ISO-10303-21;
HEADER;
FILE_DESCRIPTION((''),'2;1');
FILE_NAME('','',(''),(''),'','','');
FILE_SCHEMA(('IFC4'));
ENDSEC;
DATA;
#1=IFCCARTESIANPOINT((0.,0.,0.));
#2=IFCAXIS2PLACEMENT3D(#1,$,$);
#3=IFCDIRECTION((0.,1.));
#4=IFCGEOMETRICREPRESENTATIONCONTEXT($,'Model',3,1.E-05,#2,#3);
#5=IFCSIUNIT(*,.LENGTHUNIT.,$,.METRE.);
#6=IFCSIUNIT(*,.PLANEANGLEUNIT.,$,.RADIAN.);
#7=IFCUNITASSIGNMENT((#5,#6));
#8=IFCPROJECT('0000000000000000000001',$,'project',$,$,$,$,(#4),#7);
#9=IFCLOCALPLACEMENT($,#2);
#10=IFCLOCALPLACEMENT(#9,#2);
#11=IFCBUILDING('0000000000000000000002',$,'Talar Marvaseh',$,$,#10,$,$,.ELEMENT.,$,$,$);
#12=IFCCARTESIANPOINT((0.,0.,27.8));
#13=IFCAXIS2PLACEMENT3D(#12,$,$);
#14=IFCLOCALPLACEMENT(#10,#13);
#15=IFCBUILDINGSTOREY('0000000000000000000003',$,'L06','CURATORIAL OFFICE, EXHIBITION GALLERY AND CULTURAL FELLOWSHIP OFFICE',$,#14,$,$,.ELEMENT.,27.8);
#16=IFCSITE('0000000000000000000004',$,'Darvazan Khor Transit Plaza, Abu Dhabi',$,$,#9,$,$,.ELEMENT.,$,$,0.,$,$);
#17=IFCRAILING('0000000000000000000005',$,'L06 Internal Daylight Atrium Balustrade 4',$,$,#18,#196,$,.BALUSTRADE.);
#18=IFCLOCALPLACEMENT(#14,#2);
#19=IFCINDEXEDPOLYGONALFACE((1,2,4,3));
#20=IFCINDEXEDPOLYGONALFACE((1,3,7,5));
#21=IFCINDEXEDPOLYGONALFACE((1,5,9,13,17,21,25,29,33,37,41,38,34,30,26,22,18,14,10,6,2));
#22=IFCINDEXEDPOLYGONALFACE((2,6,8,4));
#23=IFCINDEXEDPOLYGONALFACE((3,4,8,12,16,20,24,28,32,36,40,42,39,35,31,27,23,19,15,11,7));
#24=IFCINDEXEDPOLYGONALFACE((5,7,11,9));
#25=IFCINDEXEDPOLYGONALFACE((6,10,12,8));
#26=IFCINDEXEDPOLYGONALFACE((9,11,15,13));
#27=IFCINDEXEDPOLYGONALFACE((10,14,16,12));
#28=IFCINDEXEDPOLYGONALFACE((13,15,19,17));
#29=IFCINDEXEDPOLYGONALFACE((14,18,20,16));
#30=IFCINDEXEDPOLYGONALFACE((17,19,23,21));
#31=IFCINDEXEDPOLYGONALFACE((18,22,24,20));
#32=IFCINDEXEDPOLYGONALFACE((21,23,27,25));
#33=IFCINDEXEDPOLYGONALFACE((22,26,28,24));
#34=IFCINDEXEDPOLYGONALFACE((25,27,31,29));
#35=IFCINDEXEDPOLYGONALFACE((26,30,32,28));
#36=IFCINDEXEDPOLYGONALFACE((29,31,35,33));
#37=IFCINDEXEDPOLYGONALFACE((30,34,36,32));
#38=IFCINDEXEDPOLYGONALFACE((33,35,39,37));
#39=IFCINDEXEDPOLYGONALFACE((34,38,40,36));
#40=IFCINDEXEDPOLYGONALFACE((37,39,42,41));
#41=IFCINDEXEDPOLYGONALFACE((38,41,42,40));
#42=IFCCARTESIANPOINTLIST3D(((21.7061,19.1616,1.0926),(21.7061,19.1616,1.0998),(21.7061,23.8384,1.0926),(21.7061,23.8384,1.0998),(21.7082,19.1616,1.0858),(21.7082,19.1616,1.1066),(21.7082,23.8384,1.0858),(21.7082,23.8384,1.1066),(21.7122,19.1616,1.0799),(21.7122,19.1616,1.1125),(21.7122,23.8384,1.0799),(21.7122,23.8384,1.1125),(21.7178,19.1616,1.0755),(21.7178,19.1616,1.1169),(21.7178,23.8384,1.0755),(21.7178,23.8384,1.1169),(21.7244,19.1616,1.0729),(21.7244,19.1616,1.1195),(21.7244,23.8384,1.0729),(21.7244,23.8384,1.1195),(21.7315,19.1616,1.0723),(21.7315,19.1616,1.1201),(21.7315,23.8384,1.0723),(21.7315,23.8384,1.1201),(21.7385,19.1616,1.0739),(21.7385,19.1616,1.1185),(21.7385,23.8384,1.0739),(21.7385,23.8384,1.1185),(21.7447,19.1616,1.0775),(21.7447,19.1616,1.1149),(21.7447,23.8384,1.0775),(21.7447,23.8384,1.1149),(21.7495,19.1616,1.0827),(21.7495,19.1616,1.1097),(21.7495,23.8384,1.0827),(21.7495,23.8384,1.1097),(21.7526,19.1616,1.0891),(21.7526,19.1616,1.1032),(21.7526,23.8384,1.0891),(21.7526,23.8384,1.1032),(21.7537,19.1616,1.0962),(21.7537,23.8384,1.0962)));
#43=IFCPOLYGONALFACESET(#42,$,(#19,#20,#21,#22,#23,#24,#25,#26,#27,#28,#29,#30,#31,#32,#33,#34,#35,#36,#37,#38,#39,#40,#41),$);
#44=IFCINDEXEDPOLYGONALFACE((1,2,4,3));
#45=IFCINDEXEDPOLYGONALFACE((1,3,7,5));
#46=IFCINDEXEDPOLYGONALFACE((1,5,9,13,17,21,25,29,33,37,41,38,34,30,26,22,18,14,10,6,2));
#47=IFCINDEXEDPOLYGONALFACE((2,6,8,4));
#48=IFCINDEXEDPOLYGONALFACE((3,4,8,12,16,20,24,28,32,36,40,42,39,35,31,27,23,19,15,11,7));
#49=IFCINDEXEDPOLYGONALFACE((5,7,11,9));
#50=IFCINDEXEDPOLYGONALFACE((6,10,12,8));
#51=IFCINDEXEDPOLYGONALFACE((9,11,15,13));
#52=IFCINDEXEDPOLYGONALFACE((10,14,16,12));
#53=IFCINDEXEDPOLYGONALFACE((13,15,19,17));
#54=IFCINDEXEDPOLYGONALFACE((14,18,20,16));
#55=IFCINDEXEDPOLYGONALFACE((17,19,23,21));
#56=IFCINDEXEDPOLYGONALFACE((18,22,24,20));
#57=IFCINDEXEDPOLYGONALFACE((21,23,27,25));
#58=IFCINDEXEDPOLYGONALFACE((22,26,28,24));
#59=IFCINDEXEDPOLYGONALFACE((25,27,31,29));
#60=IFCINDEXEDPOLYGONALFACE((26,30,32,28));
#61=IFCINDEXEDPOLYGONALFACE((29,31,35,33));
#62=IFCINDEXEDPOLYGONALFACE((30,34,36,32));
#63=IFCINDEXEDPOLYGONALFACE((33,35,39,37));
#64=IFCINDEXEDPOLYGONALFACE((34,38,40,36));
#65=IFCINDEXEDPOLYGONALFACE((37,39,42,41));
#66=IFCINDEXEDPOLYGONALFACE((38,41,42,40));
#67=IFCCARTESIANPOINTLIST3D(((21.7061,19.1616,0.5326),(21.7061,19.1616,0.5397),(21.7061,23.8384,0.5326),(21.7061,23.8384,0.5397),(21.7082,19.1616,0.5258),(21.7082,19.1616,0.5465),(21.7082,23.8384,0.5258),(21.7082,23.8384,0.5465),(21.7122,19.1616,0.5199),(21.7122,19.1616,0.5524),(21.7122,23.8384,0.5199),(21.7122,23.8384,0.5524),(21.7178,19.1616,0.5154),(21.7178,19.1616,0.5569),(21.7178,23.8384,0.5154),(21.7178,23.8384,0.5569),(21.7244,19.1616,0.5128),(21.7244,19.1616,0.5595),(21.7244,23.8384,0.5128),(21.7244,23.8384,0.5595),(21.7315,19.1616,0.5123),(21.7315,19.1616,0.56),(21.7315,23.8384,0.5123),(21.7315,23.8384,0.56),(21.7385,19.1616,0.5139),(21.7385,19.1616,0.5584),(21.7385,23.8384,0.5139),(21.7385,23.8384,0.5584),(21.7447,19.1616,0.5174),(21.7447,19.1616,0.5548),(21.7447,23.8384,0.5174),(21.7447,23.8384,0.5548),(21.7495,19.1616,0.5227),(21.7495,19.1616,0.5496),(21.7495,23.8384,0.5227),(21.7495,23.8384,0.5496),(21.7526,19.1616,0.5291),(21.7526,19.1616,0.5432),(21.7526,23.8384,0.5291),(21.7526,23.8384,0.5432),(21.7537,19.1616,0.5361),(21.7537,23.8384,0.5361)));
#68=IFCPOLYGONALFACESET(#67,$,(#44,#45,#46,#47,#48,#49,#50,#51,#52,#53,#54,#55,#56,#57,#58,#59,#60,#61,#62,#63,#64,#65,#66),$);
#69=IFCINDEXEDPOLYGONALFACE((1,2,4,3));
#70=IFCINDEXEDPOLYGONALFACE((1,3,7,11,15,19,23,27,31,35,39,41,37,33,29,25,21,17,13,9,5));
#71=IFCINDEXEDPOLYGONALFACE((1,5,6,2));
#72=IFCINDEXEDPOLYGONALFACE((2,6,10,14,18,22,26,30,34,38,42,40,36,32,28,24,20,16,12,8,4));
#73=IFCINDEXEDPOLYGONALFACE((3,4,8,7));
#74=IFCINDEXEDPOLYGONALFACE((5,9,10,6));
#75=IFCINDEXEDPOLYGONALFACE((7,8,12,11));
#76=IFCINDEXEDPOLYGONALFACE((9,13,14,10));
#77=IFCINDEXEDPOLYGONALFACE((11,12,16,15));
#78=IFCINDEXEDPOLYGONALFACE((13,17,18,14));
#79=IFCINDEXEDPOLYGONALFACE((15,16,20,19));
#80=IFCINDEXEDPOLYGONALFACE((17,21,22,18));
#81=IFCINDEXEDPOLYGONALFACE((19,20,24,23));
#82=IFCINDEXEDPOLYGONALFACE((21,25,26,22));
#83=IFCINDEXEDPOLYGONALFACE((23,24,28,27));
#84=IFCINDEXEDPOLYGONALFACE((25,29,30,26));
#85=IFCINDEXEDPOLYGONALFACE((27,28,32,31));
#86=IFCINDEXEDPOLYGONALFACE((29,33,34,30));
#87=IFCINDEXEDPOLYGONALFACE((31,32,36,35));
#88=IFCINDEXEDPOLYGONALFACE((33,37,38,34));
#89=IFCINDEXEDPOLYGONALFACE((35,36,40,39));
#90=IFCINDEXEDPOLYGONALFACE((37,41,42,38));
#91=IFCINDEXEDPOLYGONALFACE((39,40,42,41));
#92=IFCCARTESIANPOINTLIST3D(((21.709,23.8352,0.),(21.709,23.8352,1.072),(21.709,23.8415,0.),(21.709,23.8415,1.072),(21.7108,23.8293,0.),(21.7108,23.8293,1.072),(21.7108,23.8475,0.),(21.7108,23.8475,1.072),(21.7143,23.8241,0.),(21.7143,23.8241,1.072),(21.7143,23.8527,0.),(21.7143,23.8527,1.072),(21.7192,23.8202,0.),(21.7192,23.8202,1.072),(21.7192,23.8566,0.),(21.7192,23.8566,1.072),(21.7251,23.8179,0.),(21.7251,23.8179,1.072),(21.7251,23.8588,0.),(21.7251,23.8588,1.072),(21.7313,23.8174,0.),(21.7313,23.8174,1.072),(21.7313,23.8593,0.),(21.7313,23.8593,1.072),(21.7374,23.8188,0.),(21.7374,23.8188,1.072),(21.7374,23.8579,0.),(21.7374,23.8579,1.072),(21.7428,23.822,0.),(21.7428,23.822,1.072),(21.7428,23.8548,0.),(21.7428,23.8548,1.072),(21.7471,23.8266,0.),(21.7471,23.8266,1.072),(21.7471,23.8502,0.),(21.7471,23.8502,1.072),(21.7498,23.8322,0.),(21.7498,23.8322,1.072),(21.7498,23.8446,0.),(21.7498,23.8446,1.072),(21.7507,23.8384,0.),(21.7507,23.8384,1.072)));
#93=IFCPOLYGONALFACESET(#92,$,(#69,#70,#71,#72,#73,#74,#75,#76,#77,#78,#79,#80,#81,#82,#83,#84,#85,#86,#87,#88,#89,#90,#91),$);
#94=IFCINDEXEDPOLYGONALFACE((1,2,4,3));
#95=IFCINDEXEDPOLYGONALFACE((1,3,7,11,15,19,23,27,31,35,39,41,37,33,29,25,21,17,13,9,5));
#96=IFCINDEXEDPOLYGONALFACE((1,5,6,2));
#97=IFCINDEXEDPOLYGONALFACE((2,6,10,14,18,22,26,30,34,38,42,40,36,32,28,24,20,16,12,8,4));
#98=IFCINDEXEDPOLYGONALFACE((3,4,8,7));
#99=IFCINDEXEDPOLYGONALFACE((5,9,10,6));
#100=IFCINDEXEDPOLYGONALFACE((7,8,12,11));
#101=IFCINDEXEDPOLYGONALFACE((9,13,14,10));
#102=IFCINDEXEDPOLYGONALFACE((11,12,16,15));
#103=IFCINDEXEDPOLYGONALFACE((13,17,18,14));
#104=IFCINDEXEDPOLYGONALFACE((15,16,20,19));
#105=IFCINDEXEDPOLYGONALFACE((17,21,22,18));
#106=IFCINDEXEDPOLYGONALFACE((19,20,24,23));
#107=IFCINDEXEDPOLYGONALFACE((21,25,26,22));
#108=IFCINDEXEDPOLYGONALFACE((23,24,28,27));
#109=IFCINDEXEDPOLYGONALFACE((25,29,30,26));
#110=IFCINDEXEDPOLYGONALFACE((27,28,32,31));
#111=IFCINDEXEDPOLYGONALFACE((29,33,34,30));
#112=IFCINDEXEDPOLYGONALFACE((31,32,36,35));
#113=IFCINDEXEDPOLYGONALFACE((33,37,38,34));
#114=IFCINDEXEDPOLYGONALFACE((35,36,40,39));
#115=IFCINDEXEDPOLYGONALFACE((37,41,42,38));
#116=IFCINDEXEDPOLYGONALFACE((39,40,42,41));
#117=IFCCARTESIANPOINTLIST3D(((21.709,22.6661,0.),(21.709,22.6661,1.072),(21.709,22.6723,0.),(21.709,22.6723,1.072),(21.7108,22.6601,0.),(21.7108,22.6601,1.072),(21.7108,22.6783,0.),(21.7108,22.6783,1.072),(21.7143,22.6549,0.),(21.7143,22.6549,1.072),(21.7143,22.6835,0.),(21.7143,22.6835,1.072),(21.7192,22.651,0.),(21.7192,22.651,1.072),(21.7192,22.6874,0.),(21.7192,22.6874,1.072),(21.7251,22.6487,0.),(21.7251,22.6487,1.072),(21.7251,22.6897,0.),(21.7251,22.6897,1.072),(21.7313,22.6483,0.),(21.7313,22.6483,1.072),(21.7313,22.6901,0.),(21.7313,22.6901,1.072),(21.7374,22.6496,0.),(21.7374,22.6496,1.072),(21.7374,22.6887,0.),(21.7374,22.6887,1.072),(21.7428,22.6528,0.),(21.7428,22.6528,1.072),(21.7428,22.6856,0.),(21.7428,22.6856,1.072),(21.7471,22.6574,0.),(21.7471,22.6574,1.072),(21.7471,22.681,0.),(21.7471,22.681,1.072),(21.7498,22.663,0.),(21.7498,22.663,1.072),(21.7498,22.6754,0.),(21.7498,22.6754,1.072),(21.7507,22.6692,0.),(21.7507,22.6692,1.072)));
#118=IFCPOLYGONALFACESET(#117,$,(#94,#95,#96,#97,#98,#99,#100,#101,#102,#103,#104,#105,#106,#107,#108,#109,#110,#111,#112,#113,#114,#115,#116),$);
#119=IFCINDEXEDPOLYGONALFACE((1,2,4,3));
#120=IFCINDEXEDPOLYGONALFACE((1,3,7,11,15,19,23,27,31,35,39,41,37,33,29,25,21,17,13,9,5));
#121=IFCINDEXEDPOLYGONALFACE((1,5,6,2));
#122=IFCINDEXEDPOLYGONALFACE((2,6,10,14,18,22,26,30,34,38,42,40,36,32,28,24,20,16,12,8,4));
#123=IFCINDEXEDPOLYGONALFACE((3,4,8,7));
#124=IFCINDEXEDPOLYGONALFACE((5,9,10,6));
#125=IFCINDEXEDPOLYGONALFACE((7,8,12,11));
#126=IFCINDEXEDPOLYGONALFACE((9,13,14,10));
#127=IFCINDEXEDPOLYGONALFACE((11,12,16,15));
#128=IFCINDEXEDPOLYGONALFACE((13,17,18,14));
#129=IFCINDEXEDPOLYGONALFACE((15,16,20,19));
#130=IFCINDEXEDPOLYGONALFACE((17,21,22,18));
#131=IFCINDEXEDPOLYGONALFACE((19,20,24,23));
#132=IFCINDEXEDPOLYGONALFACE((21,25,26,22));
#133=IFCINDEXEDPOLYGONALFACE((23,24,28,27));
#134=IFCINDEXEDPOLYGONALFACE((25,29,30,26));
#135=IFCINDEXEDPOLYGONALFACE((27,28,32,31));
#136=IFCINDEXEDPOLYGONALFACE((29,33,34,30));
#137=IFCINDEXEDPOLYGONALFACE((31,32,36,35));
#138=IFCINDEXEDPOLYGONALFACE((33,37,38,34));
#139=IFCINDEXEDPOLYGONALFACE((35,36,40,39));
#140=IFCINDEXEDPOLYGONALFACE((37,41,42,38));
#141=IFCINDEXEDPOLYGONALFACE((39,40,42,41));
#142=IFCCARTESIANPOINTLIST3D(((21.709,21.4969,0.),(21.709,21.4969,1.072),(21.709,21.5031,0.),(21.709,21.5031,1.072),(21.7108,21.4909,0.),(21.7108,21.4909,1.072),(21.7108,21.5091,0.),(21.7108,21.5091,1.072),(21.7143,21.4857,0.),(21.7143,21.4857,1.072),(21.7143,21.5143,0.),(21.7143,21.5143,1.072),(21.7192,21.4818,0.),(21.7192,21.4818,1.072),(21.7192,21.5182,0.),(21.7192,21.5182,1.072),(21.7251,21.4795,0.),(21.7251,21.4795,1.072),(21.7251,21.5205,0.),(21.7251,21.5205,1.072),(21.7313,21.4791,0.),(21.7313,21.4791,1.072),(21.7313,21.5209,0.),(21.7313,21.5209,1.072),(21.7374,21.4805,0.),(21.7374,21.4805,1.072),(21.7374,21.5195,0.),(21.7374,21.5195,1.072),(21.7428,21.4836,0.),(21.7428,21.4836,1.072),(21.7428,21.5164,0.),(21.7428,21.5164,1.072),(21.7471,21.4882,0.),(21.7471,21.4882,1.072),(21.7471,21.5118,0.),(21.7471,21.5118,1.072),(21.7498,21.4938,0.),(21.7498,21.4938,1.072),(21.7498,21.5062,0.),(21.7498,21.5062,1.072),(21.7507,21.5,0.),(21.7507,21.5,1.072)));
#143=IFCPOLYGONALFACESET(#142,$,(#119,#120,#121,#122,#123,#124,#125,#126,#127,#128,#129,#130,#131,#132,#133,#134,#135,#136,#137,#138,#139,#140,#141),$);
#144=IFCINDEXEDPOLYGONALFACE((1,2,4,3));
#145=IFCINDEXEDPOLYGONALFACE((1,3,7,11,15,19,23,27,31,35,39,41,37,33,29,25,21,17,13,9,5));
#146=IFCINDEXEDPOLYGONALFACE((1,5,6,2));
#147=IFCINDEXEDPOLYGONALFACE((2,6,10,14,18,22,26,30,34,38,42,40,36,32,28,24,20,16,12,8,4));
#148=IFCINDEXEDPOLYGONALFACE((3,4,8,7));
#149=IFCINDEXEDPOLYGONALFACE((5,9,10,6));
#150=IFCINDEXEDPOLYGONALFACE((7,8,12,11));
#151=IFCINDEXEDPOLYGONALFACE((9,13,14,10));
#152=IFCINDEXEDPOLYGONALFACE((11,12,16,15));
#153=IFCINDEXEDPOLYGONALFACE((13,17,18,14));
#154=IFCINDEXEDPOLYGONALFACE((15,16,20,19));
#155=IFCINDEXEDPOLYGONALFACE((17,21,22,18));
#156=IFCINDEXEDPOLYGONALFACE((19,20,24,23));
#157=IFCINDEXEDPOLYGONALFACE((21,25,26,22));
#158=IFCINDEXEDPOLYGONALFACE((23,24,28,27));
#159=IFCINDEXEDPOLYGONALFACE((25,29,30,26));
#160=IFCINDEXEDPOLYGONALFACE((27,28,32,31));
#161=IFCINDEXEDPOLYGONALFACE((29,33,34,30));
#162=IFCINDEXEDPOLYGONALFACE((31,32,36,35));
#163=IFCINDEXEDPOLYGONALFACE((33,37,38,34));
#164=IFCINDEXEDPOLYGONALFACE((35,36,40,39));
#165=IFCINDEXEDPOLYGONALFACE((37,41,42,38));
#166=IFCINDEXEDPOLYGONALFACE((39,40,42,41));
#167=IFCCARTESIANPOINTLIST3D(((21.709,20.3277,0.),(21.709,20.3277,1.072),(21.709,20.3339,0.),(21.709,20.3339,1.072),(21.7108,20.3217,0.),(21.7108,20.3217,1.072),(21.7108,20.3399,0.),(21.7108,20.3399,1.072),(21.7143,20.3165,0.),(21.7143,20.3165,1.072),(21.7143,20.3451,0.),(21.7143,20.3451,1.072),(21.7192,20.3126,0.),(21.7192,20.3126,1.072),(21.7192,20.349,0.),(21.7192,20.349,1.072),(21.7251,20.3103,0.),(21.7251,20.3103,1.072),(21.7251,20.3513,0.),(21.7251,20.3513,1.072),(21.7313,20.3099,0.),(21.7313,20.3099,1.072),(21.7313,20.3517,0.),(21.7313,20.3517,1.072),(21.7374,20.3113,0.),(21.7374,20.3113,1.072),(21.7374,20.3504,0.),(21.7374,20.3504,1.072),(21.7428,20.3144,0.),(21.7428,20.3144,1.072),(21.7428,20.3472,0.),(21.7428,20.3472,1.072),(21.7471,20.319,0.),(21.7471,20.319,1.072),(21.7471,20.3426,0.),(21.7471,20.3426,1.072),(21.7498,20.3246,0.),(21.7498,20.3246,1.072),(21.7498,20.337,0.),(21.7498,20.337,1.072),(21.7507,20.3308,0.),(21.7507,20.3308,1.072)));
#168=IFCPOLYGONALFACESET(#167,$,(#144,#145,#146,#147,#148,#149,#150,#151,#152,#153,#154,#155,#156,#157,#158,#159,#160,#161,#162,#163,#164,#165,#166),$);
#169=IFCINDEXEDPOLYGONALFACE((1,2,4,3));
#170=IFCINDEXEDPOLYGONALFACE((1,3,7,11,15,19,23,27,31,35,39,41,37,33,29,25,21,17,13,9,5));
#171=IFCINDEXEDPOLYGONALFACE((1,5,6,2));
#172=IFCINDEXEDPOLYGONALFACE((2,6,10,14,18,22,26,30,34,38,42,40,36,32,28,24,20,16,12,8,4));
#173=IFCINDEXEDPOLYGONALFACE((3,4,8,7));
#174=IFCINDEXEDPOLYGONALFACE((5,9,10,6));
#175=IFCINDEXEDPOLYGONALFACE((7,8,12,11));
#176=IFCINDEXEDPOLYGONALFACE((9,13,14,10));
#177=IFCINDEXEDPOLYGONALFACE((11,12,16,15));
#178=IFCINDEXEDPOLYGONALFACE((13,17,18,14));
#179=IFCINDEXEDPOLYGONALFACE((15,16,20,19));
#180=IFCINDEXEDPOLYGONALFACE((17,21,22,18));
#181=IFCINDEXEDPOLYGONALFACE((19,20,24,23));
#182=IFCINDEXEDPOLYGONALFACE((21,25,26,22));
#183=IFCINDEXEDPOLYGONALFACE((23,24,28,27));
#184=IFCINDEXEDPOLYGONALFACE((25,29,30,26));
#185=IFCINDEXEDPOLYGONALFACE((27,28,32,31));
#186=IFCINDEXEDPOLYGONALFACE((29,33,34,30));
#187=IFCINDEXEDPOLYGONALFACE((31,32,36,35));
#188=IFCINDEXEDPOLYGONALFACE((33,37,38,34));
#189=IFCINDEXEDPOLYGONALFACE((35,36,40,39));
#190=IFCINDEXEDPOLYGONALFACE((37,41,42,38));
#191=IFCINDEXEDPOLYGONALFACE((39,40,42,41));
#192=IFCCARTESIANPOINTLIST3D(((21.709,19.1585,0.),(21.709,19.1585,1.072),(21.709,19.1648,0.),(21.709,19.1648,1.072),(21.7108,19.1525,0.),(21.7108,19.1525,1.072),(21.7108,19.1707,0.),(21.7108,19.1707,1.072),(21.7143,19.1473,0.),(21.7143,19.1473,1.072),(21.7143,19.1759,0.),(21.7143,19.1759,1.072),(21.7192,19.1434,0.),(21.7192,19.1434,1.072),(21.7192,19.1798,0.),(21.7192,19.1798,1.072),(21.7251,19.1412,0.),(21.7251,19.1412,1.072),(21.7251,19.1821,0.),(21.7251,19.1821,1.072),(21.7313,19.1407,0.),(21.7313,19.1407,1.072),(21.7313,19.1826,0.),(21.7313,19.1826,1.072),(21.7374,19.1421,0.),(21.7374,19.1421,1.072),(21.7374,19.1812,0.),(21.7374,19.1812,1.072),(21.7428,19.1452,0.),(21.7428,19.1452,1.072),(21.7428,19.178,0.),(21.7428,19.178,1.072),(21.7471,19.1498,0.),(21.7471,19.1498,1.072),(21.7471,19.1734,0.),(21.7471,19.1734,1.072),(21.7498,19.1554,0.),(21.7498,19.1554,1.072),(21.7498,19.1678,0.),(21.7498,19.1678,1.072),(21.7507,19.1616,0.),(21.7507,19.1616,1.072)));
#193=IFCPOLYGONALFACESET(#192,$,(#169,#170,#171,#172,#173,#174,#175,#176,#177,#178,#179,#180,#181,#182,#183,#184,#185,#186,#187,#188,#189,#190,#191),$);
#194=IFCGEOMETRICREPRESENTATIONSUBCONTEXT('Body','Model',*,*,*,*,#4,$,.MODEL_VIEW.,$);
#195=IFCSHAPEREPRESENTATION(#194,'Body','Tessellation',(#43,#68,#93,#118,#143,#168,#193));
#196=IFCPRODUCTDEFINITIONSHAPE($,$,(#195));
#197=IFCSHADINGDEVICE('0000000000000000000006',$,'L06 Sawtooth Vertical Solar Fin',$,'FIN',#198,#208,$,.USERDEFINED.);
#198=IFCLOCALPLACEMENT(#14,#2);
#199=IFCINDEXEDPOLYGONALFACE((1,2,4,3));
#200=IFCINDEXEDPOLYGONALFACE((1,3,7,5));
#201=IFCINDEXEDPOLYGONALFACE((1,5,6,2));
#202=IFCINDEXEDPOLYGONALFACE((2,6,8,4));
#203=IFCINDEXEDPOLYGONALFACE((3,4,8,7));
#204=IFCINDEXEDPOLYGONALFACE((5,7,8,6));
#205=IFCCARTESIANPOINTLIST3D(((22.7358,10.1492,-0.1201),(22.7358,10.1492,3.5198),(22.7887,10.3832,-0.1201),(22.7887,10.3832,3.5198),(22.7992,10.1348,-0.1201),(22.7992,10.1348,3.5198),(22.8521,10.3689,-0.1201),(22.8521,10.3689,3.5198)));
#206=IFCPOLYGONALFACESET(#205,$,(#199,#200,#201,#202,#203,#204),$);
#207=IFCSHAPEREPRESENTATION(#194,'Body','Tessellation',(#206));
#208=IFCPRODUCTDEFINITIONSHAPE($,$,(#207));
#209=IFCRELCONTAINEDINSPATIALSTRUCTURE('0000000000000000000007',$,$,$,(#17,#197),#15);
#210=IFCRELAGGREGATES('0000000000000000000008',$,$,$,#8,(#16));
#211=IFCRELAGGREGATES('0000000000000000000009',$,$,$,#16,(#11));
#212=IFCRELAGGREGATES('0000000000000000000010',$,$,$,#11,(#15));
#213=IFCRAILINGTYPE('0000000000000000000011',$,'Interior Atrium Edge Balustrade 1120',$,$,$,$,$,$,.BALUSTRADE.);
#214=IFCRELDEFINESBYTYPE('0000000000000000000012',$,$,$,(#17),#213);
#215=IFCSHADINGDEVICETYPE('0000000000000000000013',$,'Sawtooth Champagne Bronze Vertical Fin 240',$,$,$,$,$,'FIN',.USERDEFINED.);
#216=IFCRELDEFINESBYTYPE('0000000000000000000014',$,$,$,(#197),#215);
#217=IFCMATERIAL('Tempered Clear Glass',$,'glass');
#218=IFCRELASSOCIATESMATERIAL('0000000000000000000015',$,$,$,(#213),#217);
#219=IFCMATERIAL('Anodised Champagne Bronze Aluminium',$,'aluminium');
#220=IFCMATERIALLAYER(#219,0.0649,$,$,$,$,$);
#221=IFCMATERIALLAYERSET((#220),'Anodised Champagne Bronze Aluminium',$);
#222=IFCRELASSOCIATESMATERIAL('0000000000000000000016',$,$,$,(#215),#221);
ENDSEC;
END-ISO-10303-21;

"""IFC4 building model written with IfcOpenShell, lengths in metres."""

from ifc_helpers import new_model, si_unit, direction, frame, origin, origin_2d, place, context, subcontext, project, spatial, rectangle, circle, extrude, source, transform, mapped, material, layer, layer_set, type_object, type_shapes, element, save


model = new_model("IFC4")

# Units and contexts
model_context = context("Model", 3, precision=1e-05, world=origin(), true_north=direction((0.0, 1.0)))
body_context = subcontext(model_context, "Body", "Model", "MODEL_VIEW")
ifc_project = project(units=[si_unit("LENGTHUNIT", "METRE"), si_unit("PLANEANGLEUNIT", "RADIAN")], contexts=[model_context])

# Site, building, storey
site_placement = place(None, origin())
site = spatial("IfcSite", under=ifc_project, at=site_placement, Name="Darvazan Khor Transit Plaza, Abu Dhabi", CompositionType="ELEMENT", RefElevation=0.0)
building_placement = place(site_placement, origin())
building = spatial("IfcBuilding", under=site, at=building_placement, Name="Talar Marvaseh", CompositionType="ELEMENT")
storey_placement = place(building_placement, frame((0.0, 0.0, 27.8)))
storey = spatial("IfcBuildingStorey", under=building, at=storey_placement, Name="L06", Description="CURATORIAL OFFICE, EXHIBITION GALLERY AND CULTURAL FELLOWSHIP OFFICE", CompositionType="ELEMENT", Elevation=27.8)

# Railing
ifc_material_1 = material(Name="Tempered Clear Glass", Category="glass")
railing_type_1 = type_object("IfcRailingType", Name="Interior Atrium Edge Balustrade 1120", PredefinedType="BALUSTRADE", material=ifc_material_1)
railing_1_placement = place(storey_placement, frame((21.7297, 23.8384, 0.0)))
element("IfcRailing", 1, at=railing_1_placement, inside=storey, type_object=railing_type_1, Name="L06 Internal Daylight Atrium Balustrade 4", PredefinedType="BALUSTRADE", context=body_context, shape_type="SweptSolid", body=[
    extrude(circle(Radius=0.0239, at=origin_2d()), frame((0.0, 0.0, 1.0962), z_axis=(0.0, -1.0, 0.0), x_axis=(1.0, 0.0, 0.0)), (0.0, 0.0, 1.0), 4.6768),
    extrude(circle(Radius=0.0239, at=origin_2d()), frame((0.0, 0.0, 0.5361), z_axis=(0.0, -1.0, 0.0), x_axis=(1.0, 0.0, 0.0)), (0.0, 0.0, 1.0), 4.6768),
    extrude(circle(Radius=0.021, at=origin_2d()), origin(), (0.0, 0.0, 1.0), 1.072),
    extrude(circle(Radius=0.021, at=origin_2d()), frame((0.0, -1.1692, 0.0)), (0.0, 0.0, 1.0), 1.072),
    extrude(circle(Radius=0.021, at=origin_2d()), frame((0.0, -2.3384, 0.0)), (0.0, 0.0, 1.0), 1.072),
    extrude(circle(Radius=0.021, at=origin_2d()), frame((0.0, -3.5076, 0.0)), (0.0, 0.0, 1.0), 1.072),
    extrude(circle(Radius=0.021, at=origin_2d()), frame((0.0, -4.6768, 0.0)), (0.0, 0.0, 1.0), 1.072),
])

# Shading device
ifc_material_2 = material(Name="Anodised Champagne Bronze Aluminium", Category="aluminium")
ifc_layer_1 = layer(ifc_material_2, 0.0649)
ifc_layer_set_1 = layer_set([ifc_layer_1], Name="Anodised Champagne Bronze Aluminium")
shading_device_type = type_object("IfcShadingDeviceType", Name="Sawtooth Champagne Bronze Vertical Fin 240", ElementType="FIN", PredefinedType="USERDEFINED", material=ifc_layer_set_1)
shared_shape_1 = source(origin(), body_context, "Body", "SweptSolid", [
    extrude(rectangle(XDim=0.24, YDim=0.0649, at=origin_2d()), origin(), (0.0, 0.0, 1.0), 3.6399),
])
type_shapes(shading_device_type, [shared_shape_1])
for number, where, z_axis, x_axis, name in (
    (2, (22.7939, 10.259, -0.1201), (0.0, 0.0, 1.0), (-0.220527, -0.975381, 0.0), "L06 Sawtooth Vertical Solar Fin"),
):
    element("IfcShadingDevice", number, at=place(storey_placement, frame(where, z_axis=z_axis, x_axis=x_axis)), inside=storey, type_object=shading_device_type, Name=name, ObjectType="FIN", PredefinedType="USERDEFINED", context=body_context, shape_type="MappedRepresentation", body=[
        mapped(shared_shape_1, transform((0.0, 0.0, 0.0), x_axis=(1.0, 0.0, 0.0), y_axis=(0.0, 1.0, 0.0), z_axis=(0.0, 0.0, 1.0), scale=1.0)),
    ])

save(model, "model.ifc")
